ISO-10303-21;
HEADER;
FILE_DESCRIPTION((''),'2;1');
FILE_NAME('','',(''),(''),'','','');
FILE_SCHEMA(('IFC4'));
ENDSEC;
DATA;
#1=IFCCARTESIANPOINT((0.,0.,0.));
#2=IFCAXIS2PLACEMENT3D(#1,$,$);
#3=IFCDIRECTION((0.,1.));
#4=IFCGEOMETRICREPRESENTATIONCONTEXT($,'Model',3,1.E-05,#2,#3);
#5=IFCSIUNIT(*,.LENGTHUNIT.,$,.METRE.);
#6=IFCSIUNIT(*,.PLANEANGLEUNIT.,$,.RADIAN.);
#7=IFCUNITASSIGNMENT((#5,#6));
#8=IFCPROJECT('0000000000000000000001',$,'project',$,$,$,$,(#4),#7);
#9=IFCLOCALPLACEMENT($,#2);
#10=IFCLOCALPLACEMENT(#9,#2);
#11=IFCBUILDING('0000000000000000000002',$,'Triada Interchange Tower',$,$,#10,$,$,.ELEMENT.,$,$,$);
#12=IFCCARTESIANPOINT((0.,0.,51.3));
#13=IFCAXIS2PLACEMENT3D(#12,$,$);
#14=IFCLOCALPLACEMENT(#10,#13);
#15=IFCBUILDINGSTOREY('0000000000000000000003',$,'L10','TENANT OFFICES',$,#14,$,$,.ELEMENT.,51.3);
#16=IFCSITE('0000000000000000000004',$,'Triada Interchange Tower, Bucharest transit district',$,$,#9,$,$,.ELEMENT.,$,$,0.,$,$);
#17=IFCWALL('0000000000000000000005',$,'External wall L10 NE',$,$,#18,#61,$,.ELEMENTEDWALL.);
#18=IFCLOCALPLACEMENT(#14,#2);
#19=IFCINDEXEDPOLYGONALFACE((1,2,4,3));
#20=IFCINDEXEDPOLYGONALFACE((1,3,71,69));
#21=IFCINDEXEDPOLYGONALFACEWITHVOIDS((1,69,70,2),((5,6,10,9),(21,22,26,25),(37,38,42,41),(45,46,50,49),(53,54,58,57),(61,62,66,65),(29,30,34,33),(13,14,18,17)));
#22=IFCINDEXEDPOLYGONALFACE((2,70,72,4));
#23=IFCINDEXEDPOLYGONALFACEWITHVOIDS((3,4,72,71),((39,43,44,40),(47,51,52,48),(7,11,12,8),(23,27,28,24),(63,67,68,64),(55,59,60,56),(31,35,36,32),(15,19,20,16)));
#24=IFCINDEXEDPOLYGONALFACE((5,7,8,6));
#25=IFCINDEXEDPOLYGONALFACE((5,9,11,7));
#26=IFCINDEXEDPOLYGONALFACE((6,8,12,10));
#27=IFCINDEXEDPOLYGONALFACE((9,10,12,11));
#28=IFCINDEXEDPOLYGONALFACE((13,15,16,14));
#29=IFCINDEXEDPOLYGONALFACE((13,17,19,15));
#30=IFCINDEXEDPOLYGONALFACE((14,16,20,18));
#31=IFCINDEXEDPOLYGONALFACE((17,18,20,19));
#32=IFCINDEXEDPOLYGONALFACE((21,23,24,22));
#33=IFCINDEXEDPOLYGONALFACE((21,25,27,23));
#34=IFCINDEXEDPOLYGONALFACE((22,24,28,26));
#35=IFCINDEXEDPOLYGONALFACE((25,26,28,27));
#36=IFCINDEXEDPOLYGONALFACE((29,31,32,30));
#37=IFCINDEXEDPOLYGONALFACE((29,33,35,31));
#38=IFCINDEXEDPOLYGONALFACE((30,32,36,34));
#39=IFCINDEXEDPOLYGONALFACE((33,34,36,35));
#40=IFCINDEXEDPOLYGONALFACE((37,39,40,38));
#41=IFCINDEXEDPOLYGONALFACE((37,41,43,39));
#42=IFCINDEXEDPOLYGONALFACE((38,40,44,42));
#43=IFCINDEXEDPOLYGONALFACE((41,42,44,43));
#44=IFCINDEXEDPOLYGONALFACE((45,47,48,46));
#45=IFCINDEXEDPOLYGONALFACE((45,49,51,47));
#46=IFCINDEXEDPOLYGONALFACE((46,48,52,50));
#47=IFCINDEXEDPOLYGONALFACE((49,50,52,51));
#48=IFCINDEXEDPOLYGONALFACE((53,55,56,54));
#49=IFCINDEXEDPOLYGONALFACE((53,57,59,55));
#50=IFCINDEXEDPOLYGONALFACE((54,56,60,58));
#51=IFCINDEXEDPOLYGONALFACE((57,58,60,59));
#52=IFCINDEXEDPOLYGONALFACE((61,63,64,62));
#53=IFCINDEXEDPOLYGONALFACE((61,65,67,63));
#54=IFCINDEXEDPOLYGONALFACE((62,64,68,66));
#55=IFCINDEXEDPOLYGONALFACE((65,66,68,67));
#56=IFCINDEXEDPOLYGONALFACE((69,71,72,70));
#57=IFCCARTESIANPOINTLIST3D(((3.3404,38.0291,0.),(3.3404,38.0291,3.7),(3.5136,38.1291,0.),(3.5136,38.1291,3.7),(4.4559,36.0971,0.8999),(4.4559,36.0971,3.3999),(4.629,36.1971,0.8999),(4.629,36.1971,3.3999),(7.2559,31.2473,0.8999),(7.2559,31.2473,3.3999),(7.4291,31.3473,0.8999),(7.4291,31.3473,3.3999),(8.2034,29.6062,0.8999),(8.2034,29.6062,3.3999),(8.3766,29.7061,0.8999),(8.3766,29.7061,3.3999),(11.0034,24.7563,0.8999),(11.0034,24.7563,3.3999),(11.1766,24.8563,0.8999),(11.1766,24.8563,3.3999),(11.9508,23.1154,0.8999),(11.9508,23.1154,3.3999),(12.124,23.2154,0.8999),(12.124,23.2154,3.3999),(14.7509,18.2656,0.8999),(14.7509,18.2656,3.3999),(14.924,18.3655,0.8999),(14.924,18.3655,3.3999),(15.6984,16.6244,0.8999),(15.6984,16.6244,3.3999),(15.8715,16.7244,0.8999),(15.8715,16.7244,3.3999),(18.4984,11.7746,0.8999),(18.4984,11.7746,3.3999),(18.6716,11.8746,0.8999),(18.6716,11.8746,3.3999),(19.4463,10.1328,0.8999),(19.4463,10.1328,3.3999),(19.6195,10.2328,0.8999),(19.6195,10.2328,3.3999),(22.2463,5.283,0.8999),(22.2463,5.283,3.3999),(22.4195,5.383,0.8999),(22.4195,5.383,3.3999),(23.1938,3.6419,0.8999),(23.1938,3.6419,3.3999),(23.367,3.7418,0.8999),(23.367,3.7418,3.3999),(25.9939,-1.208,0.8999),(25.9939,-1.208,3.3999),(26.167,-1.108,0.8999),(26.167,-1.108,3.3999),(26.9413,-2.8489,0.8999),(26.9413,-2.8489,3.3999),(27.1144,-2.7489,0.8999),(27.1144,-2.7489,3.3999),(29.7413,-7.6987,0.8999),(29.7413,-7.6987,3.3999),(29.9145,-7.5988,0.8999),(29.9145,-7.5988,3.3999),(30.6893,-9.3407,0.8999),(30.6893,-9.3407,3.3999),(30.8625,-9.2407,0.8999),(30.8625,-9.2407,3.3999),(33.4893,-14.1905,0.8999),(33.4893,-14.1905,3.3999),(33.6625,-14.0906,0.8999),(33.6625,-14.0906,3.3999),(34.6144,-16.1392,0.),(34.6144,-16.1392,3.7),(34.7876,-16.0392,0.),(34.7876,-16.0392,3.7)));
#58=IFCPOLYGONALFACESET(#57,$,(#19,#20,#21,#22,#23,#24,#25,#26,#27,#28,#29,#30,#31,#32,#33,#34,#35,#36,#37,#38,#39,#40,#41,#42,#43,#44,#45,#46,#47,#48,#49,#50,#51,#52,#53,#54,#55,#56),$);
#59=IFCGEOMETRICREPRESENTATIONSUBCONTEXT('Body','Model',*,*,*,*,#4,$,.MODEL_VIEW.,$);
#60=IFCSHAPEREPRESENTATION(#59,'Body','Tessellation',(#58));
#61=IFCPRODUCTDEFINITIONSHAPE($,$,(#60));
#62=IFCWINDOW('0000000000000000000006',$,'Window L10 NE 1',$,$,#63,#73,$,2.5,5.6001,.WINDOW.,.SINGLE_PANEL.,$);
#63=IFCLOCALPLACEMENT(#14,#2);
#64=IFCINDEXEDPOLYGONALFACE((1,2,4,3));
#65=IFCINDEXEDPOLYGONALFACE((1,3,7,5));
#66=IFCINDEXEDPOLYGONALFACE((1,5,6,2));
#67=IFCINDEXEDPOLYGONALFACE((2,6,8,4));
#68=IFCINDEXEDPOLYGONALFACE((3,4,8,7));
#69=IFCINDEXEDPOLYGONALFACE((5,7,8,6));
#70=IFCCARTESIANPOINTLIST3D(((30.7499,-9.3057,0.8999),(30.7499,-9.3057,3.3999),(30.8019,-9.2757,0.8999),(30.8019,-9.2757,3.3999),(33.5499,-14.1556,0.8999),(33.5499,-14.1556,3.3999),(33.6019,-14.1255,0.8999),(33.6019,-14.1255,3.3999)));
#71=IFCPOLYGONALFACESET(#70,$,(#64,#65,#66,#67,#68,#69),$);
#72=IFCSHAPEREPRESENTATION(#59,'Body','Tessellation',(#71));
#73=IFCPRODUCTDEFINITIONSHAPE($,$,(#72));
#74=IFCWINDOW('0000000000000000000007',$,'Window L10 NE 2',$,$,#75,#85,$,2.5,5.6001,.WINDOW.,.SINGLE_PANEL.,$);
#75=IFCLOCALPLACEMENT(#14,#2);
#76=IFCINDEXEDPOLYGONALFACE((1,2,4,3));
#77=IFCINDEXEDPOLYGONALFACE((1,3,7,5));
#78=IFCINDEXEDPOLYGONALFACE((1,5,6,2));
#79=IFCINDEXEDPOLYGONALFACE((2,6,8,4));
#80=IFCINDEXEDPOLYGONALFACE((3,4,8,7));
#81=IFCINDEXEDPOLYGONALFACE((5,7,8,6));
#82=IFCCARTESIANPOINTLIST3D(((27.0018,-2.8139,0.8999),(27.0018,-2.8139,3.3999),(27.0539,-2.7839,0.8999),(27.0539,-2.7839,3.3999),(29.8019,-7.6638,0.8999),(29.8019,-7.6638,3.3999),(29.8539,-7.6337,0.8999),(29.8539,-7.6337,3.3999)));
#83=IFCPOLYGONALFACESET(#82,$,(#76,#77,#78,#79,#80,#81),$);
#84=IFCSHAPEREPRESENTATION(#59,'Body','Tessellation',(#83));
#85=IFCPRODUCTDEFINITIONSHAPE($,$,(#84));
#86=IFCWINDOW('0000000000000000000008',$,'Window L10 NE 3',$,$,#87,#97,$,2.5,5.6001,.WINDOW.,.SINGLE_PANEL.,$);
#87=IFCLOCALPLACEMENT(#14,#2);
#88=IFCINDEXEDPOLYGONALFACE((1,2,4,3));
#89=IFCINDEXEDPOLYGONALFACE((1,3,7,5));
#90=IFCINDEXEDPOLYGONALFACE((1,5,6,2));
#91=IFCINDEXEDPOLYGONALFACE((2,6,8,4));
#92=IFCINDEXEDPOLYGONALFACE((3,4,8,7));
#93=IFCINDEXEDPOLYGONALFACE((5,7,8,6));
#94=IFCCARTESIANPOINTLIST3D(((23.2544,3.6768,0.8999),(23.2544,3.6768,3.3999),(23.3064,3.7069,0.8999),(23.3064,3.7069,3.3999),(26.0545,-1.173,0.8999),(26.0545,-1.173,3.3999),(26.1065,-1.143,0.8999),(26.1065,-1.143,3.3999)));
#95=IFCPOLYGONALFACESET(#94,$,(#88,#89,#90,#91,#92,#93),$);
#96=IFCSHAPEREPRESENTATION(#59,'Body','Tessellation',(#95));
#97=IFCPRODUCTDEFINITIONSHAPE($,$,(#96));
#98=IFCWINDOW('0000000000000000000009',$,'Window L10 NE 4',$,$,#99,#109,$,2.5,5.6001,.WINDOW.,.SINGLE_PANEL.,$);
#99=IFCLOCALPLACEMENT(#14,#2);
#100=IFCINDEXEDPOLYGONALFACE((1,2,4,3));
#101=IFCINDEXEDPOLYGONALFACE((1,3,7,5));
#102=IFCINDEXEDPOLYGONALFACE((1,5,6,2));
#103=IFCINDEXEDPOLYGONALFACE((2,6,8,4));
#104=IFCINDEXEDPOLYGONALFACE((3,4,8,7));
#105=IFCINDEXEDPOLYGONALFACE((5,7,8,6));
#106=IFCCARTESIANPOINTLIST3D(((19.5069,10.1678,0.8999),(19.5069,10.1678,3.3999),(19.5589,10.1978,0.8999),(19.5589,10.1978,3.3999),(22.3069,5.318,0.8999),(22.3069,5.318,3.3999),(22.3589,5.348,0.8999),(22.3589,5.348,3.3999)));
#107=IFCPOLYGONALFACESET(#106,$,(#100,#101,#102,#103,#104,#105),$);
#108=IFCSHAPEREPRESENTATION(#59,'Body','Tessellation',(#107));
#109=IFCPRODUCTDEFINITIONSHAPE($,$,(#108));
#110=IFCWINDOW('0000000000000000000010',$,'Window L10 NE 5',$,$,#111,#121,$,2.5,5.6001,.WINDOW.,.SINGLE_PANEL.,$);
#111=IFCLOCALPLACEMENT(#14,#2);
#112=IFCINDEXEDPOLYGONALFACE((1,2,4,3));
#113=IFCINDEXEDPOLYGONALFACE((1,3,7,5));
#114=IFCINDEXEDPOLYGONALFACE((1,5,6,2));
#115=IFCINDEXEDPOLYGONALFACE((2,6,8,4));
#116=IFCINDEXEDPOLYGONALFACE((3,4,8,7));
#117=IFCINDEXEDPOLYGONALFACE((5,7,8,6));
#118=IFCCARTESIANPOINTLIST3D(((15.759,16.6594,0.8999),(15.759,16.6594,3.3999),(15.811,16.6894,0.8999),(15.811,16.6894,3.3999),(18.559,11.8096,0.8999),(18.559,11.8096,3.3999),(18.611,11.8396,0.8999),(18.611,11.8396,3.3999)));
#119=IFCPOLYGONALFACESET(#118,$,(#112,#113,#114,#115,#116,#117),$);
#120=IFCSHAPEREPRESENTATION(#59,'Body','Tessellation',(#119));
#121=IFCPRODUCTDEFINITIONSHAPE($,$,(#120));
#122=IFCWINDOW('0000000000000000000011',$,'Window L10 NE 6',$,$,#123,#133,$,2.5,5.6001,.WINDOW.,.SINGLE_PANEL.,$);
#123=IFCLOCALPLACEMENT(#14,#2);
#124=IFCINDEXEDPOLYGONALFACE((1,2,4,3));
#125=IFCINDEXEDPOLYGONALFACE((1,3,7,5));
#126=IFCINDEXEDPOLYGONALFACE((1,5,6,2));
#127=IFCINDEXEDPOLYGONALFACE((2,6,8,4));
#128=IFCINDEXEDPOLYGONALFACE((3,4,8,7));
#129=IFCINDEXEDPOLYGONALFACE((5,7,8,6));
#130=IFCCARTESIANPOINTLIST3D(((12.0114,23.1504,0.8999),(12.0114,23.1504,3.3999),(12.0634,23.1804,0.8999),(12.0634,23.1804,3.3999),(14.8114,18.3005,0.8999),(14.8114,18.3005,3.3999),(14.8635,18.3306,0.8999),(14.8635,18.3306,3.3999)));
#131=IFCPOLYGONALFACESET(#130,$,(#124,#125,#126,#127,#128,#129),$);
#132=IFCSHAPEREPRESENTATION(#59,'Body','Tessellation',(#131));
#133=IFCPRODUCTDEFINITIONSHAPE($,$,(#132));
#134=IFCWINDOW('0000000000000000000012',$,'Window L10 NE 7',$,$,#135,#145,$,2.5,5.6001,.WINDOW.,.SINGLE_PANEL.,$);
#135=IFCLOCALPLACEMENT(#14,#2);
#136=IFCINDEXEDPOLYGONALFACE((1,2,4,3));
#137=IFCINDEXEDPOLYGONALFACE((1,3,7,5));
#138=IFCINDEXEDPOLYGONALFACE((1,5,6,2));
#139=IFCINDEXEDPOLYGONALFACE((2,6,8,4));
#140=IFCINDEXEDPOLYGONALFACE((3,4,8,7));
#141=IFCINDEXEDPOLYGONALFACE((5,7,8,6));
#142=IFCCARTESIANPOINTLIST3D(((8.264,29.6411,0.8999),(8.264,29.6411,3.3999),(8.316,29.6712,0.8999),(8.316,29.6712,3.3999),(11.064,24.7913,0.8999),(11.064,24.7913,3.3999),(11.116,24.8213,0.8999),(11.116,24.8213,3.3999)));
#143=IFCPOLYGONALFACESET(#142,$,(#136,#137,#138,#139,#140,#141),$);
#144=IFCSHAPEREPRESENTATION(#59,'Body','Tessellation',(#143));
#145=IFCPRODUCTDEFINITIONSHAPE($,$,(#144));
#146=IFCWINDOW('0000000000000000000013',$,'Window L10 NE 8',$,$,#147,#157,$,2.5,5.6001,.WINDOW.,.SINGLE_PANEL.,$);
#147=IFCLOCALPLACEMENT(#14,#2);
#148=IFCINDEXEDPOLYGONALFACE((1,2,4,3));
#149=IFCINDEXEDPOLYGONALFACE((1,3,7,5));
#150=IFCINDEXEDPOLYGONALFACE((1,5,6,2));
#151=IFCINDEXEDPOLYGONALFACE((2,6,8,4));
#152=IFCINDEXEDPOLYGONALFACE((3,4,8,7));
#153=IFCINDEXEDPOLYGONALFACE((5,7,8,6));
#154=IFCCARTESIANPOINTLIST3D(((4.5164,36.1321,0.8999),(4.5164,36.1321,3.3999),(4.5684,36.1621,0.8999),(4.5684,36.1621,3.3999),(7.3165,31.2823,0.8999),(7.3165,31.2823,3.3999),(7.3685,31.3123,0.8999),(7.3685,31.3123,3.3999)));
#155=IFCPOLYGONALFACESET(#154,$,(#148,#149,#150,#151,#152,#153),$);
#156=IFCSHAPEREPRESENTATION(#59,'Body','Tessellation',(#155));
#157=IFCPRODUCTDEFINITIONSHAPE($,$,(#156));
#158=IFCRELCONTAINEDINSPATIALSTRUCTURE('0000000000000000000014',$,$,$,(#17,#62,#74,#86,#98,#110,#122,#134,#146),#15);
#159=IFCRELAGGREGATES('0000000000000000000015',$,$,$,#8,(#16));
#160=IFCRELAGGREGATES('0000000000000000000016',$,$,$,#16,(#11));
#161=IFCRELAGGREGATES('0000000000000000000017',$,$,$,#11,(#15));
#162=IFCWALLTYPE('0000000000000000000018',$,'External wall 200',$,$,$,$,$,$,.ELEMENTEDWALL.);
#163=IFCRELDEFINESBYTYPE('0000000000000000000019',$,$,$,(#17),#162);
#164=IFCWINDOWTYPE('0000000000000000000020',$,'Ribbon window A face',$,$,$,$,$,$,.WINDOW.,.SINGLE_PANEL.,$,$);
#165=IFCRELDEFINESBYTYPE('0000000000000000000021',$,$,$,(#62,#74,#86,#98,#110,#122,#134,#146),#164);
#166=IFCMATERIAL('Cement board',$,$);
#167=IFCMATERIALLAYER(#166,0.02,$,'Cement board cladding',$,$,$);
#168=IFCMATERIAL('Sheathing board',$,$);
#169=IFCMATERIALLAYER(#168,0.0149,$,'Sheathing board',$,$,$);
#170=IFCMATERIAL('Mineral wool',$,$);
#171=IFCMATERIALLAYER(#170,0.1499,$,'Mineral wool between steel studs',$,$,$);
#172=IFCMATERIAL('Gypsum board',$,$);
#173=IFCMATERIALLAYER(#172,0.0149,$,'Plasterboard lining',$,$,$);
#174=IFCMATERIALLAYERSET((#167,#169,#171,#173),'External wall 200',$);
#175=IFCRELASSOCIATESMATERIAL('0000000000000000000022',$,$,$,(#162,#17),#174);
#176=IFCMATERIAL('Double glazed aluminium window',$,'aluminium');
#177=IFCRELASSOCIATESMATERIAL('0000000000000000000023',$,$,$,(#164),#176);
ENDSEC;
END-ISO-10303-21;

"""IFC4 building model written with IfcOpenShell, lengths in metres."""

from ifc_helpers import new_model, si_unit, direction, frame, frame_2d, origin, place, context, subcontext, project, spatial, rectangle, extrude, material, layer, layer_set, layer_usage, type_object, element, fill, save


model = new_model("IFC4")

# Units and contexts
model_context = context("Model", 3, precision=1e-05, world=origin(), true_north=direction((0.0, 1.0)))
body_context = subcontext(model_context, "Body", "Model", "MODEL_VIEW")
ifc_project = project(units=[si_unit("LENGTHUNIT", "METRE"), si_unit("PLANEANGLEUNIT", "RADIAN")], contexts=[model_context])

# Site, building, storey
site_placement = place(None, origin())
site = spatial("IfcSite", under=ifc_project, at=site_placement, Name="Triada Interchange Tower, Bucharest transit district", CompositionType="ELEMENT", RefElevation=0.0)
building_placement = place(site_placement, origin())
building = spatial("IfcBuilding", under=site, at=building_placement, Name="Triada Interchange Tower", CompositionType="ELEMENT")
storey_placement = place(building_placement, frame((0.0, 0.0, 51.3)))
storey = spatial("IfcBuildingStorey", under=building, at=storey_placement, Name="L10", Description="TENANT OFFICES", CompositionType="ELEMENT", Elevation=51.3)

# Shared definitions
ifc_material_1 = material(Name="Cement board")
ifc_layer_1 = layer(ifc_material_1, 0.02, Name="Cement board cladding")
ifc_material_2 = material(Name="Sheathing board")
ifc_layer_2 = layer(ifc_material_2, 0.0149, Name="Sheathing board")
ifc_material_3 = material(Name="Mineral wool")
ifc_layer_3 = layer(ifc_material_3, 0.1499, Name="Mineral wool between steel studs")
ifc_material_4 = material(Name="Gypsum board")
ifc_layer_4 = layer(ifc_material_4, 0.0149, Name="Plasterboard lining")
ifc_layer_set_1 = layer_set([ifc_layer_1, ifc_layer_2, ifc_layer_3, ifc_layer_4], Name="External wall 200")
ifc_layer_usage = layer_usage(ifc_layer_set_1, "AXIS2", "POSITIVE", -0.1001)
wall_type_1 = type_object("IfcWallType", Name="External wall 200", PredefinedType="ELEMENTEDWALL", material=ifc_layer_set_1)
ifc_material_5 = material(Name="Double glazed aluminium window", Category="aluminium")

# Wall, openings, windows
wall_1_placement = place(storey_placement, frame((34.7009, -16.0891, 0.0), z_axis=(0.0, 0.0, 1.0), x_axis=(-0.499999, 0.866026, 0.0)))
wall_1 = element("IfcWall", 1, at=wall_1_placement, inside=storey, type_object=wall_type_1, material=ifc_layer_usage, Name="External wall L10 NE", PredefinedType="ELEMENTEDWALL", context=body_context, shape_type="SweptSolid", body=[
    extrude(rectangle(XDim=62.5481, YDim=0.2, at=frame_2d((31.2739, 0.0))), origin(), (0.0, 0.0, 1.0), 3.7),
])
opening_1_placement = place(wall_1_placement, frame((2.25, 0.0, 0.8999)))
opening_1 = element("IfcOpeningElement", 2, at=opening_1_placement, cuts=wall_1, PredefinedType="OPENING", context=body_context, shape_type="SweptSolid", body=[
    extrude(rectangle(XDim=5.6001, YDim=2.5, at=frame_2d((2.8, 1.25))), frame((0.0, 0.1099, 0.0), z_axis=(0.0, -1.0, 0.0), x_axis=(1.0, 0.0, 0.0)), (0.0, 0.0, 1.0), 0.22),
])
opening_2_placement = place(wall_1_placement, frame((9.7461, 0.0, 0.8999)))
opening_2 = element("IfcOpeningElement", 3, at=opening_2_placement, cuts=wall_1, PredefinedType="OPENING", context=body_context, shape_type="SweptSolid", body=[
    extrude(rectangle(XDim=5.6001, YDim=2.5, at=frame_2d((2.8, 1.25))), frame((0.0, 0.1099, 0.0), z_axis=(0.0, -1.0, 0.0), x_axis=(1.0, 0.0, 0.0)), (0.0, 0.0, 1.0), 0.22),
])
opening_3_placement = place(wall_1_placement, frame((17.241, 0.0, 0.8999)))
opening_3 = element("IfcOpeningElement", 4, at=opening_3_placement, cuts=wall_1, PredefinedType="OPENING", context=body_context, shape_type="SweptSolid", body=[
    extrude(rectangle(XDim=5.6001, YDim=2.5, at=frame_2d((2.8, 1.25))), frame((0.0, 0.1099, 0.0), z_axis=(0.0, -1.0, 0.0), x_axis=(1.0, 0.0, 0.0)), (0.0, 0.0, 1.0), 0.22),
])
opening_4_placement = place(wall_1_placement, frame((24.7361, 0.0, 0.8999)))
opening_4 = element("IfcOpeningElement", 5, at=opening_4_placement, cuts=wall_1, PredefinedType="OPENING", context=body_context, shape_type="SweptSolid", body=[
    extrude(rectangle(XDim=5.6001, YDim=2.5, at=frame_2d((2.8, 1.25))), frame((0.0, 0.1099, 0.0), z_axis=(0.0, -1.0, 0.0), x_axis=(1.0, 0.0, 0.0)), (0.0, 0.0, 1.0), 0.22),
])
opening_5_placement = place(wall_1_placement, frame((32.2319, 0.0, 0.8999)))
opening_5 = element("IfcOpeningElement", 6, at=opening_5_placement, cuts=wall_1, PredefinedType="OPENING", context=body_context, shape_type="SweptSolid", body=[
    extrude(rectangle(XDim=5.6001, YDim=2.5, at=frame_2d((2.8, 1.25))), frame((0.0, 0.1099, 0.0), z_axis=(0.0, -1.0, 0.0), x_axis=(1.0, 0.0, 0.0)), (0.0, 0.0, 1.0), 0.22),
])
opening_6_placement = place(wall_1_placement, frame((39.7271, 0.0, 0.8999)))
opening_6 = element("IfcOpeningElement", 7, at=opening_6_placement, cuts=wall_1, PredefinedType="OPENING", context=body_context, shape_type="SweptSolid", body=[
    extrude(rectangle(XDim=5.6001, YDim=2.5, at=frame_2d((2.8, 1.25))), frame((0.0, 0.1099, 0.0), z_axis=(0.0, -1.0, 0.0), x_axis=(1.0, 0.0, 0.0)), (0.0, 0.0, 1.0), 0.22),
])
opening_7_placement = place(wall_1_placement, frame((47.2219, 0.0, 0.8999)))
opening_7 = element("IfcOpeningElement", 8, at=opening_7_placement, cuts=wall_1, PredefinedType="OPENING", context=body_context, shape_type="SweptSolid", body=[
    extrude(rectangle(XDim=5.6001, YDim=2.5, at=frame_2d((2.8, 1.25))), frame((0.0, 0.1099, 0.0), z_axis=(0.0, -1.0, 0.0), x_axis=(1.0, 0.0, 0.0)), (0.0, 0.0, 1.0), 0.22),
])
opening_8_placement = place(wall_1_placement, frame((54.717, 0.0, 0.8999)))
opening_8 = element("IfcOpeningElement", 9, at=opening_8_placement, cuts=wall_1, PredefinedType="OPENING", context=body_context, shape_type="SweptSolid", body=[
    extrude(rectangle(XDim=5.6001, YDim=2.5, at=frame_2d((2.8, 1.25))), frame((0.0, 0.1099, 0.0), z_axis=(0.0, -1.0, 0.0), x_axis=(1.0, 0.0, 0.0)), (0.0, 0.0, 1.0), 0.22),
])
window_type_1 = type_object("IfcWindowType", Name="Ribbon window A face", PartitioningType="SINGLE_PANEL", PredefinedType="WINDOW", material=ifc_material_5)
window_1_placement = place(opening_1_placement, origin())
window_1 = element("IfcWindow", 10, at=window_1_placement, inside=storey, type_object=window_type_1, Name="Window L10 NE 1", OverallHeight=2.5, OverallWidth=5.6001, PartitioningType="SINGLE_PANEL", PredefinedType="WINDOW", context=body_context, shape_type="SweptSolid", body=[
    extrude(rectangle(XDim=5.6001, YDim=2.5, at=frame_2d((2.8, 1.25))), frame((0.0, 0.03, 0.0), z_axis=(0.0, -1.0, 0.0), x_axis=(1.0, 0.0, 0.0)), (0.0, 0.0, 1.0), 0.0601),
])
fill(opening_1, window_1)
window_2_placement = place(opening_2_placement, origin())
window_2 = element("IfcWindow", 11, at=window_2_placement, inside=storey, type_object=window_type_1, Name="Window L10 NE 2", OverallHeight=2.5, OverallWidth=5.6001, PartitioningType="SINGLE_PANEL", PredefinedType="WINDOW", context=body_context, shape_type="SweptSolid", body=[
    extrude(rectangle(XDim=5.6001, YDim=2.5, at=frame_2d((2.8, 1.25))), frame((0.0, 0.03, 0.0), z_axis=(0.0, -1.0, 0.0), x_axis=(1.0, 0.0, 0.0)), (0.0, 0.0, 1.0), 0.0601),
])
fill(opening_2, window_2)
window_3_placement = place(opening_3_placement, origin())
window_3 = element("IfcWindow", 12, at=window_3_placement, inside=storey, type_object=window_type_1, Name="Window L10 NE 3", OverallHeight=2.5, OverallWidth=5.6001, PartitioningType="SINGLE_PANEL", PredefinedType="WINDOW", context=body_context, shape_type="SweptSolid", body=[
    extrude(rectangle(XDim=5.6001, YDim=2.5, at=frame_2d((2.8, 1.25))), frame((0.0, 0.03, 0.0), z_axis=(0.0, -1.0, 0.0), x_axis=(1.0, 0.0, 0.0)), (0.0, 0.0, 1.0), 0.0601),
])
fill(opening_3, window_3)
window_4_placement = place(opening_4_placement, origin())
window_4 = element("IfcWindow", 13, at=window_4_placement, inside=storey, type_object=window_type_1, Name="Window L10 NE 4", OverallHeight=2.5, OverallWidth=5.6001, PartitioningType="SINGLE_PANEL", PredefinedType="WINDOW", context=body_context, shape_type="SweptSolid", body=[
    extrude(rectangle(XDim=5.6001, YDim=2.5, at=frame_2d((2.8, 1.25))), frame((0.0, 0.03, 0.0), z_axis=(0.0, -1.0, 0.0), x_axis=(1.0, 0.0, 0.0)), (0.0, 0.0, 1.0), 0.0601),
])
fill(opening_4, window_4)
window_5_placement = place(opening_5_placement, origin())
window_5 = element("IfcWindow", 14, at=window_5_placement, inside=storey, type_object=window_type_1, Name="Window L10 NE 5", OverallHeight=2.5, OverallWidth=5.6001, PartitioningType="SINGLE_PANEL", PredefinedType="WINDOW", context=body_context, shape_type="SweptSolid", body=[
    extrude(rectangle(XDim=5.6001, YDim=2.5, at=frame_2d((2.8, 1.25))), frame((0.0, 0.03, 0.0), z_axis=(0.0, -1.0, 0.0), x_axis=(1.0, 0.0, 0.0)), (0.0, 0.0, 1.0), 0.0601),
])
fill(opening_5, window_5)
window_6_placement = place(opening_6_placement, origin())
window_6 = element("IfcWindow", 15, at=window_6_placement, inside=storey, type_object=window_type_1, Name="Window L10 NE 6", OverallHeight=2.5, OverallWidth=5.6001, PartitioningType="SINGLE_PANEL", PredefinedType="WINDOW", context=body_context, shape_type="SweptSolid", body=[
    extrude(rectangle(XDim=5.6001, YDim=2.5, at=frame_2d((2.8, 1.25))), frame((0.0, 0.03, 0.0), z_axis=(0.0, -1.0, 0.0), x_axis=(1.0, 0.0, 0.0)), (0.0, 0.0, 1.0), 0.0601),
])
fill(opening_6, window_6)
window_7_placement = place(opening_7_placement, origin())
window_7 = element("IfcWindow", 16, at=window_7_placement, inside=storey, type_object=window_type_1, Name="Window L10 NE 7", OverallHeight=2.5, OverallWidth=5.6001, PartitioningType="SINGLE_PANEL", PredefinedType="WINDOW", context=body_context, shape_type="SweptSolid", body=[
    extrude(rectangle(XDim=5.6001, YDim=2.5, at=frame_2d((2.8, 1.25))), frame((0.0, 0.03, 0.0), z_axis=(0.0, -1.0, 0.0), x_axis=(1.0, 0.0, 0.0)), (0.0, 0.0, 1.0), 0.0601),
])
fill(opening_7, window_7)
window_8_placement = place(opening_8_placement, origin())
window_8 = element("IfcWindow", 17, at=window_8_placement, inside=storey, type_object=window_type_1, Name="Window L10 NE 8", OverallHeight=2.5, OverallWidth=5.6001, PartitioningType="SINGLE_PANEL", PredefinedType="WINDOW", context=body_context, shape_type="SweptSolid", body=[
    extrude(rectangle(XDim=5.6001, YDim=2.5, at=frame_2d((2.8, 1.25))), frame((0.0, 0.03, 0.0), z_axis=(0.0, -1.0, 0.0), x_axis=(1.0, 0.0, 0.0)), (0.0, 0.0, 1.0), 0.0601),
])
fill(opening_8, window_8)

save(model, "model.ifc")
